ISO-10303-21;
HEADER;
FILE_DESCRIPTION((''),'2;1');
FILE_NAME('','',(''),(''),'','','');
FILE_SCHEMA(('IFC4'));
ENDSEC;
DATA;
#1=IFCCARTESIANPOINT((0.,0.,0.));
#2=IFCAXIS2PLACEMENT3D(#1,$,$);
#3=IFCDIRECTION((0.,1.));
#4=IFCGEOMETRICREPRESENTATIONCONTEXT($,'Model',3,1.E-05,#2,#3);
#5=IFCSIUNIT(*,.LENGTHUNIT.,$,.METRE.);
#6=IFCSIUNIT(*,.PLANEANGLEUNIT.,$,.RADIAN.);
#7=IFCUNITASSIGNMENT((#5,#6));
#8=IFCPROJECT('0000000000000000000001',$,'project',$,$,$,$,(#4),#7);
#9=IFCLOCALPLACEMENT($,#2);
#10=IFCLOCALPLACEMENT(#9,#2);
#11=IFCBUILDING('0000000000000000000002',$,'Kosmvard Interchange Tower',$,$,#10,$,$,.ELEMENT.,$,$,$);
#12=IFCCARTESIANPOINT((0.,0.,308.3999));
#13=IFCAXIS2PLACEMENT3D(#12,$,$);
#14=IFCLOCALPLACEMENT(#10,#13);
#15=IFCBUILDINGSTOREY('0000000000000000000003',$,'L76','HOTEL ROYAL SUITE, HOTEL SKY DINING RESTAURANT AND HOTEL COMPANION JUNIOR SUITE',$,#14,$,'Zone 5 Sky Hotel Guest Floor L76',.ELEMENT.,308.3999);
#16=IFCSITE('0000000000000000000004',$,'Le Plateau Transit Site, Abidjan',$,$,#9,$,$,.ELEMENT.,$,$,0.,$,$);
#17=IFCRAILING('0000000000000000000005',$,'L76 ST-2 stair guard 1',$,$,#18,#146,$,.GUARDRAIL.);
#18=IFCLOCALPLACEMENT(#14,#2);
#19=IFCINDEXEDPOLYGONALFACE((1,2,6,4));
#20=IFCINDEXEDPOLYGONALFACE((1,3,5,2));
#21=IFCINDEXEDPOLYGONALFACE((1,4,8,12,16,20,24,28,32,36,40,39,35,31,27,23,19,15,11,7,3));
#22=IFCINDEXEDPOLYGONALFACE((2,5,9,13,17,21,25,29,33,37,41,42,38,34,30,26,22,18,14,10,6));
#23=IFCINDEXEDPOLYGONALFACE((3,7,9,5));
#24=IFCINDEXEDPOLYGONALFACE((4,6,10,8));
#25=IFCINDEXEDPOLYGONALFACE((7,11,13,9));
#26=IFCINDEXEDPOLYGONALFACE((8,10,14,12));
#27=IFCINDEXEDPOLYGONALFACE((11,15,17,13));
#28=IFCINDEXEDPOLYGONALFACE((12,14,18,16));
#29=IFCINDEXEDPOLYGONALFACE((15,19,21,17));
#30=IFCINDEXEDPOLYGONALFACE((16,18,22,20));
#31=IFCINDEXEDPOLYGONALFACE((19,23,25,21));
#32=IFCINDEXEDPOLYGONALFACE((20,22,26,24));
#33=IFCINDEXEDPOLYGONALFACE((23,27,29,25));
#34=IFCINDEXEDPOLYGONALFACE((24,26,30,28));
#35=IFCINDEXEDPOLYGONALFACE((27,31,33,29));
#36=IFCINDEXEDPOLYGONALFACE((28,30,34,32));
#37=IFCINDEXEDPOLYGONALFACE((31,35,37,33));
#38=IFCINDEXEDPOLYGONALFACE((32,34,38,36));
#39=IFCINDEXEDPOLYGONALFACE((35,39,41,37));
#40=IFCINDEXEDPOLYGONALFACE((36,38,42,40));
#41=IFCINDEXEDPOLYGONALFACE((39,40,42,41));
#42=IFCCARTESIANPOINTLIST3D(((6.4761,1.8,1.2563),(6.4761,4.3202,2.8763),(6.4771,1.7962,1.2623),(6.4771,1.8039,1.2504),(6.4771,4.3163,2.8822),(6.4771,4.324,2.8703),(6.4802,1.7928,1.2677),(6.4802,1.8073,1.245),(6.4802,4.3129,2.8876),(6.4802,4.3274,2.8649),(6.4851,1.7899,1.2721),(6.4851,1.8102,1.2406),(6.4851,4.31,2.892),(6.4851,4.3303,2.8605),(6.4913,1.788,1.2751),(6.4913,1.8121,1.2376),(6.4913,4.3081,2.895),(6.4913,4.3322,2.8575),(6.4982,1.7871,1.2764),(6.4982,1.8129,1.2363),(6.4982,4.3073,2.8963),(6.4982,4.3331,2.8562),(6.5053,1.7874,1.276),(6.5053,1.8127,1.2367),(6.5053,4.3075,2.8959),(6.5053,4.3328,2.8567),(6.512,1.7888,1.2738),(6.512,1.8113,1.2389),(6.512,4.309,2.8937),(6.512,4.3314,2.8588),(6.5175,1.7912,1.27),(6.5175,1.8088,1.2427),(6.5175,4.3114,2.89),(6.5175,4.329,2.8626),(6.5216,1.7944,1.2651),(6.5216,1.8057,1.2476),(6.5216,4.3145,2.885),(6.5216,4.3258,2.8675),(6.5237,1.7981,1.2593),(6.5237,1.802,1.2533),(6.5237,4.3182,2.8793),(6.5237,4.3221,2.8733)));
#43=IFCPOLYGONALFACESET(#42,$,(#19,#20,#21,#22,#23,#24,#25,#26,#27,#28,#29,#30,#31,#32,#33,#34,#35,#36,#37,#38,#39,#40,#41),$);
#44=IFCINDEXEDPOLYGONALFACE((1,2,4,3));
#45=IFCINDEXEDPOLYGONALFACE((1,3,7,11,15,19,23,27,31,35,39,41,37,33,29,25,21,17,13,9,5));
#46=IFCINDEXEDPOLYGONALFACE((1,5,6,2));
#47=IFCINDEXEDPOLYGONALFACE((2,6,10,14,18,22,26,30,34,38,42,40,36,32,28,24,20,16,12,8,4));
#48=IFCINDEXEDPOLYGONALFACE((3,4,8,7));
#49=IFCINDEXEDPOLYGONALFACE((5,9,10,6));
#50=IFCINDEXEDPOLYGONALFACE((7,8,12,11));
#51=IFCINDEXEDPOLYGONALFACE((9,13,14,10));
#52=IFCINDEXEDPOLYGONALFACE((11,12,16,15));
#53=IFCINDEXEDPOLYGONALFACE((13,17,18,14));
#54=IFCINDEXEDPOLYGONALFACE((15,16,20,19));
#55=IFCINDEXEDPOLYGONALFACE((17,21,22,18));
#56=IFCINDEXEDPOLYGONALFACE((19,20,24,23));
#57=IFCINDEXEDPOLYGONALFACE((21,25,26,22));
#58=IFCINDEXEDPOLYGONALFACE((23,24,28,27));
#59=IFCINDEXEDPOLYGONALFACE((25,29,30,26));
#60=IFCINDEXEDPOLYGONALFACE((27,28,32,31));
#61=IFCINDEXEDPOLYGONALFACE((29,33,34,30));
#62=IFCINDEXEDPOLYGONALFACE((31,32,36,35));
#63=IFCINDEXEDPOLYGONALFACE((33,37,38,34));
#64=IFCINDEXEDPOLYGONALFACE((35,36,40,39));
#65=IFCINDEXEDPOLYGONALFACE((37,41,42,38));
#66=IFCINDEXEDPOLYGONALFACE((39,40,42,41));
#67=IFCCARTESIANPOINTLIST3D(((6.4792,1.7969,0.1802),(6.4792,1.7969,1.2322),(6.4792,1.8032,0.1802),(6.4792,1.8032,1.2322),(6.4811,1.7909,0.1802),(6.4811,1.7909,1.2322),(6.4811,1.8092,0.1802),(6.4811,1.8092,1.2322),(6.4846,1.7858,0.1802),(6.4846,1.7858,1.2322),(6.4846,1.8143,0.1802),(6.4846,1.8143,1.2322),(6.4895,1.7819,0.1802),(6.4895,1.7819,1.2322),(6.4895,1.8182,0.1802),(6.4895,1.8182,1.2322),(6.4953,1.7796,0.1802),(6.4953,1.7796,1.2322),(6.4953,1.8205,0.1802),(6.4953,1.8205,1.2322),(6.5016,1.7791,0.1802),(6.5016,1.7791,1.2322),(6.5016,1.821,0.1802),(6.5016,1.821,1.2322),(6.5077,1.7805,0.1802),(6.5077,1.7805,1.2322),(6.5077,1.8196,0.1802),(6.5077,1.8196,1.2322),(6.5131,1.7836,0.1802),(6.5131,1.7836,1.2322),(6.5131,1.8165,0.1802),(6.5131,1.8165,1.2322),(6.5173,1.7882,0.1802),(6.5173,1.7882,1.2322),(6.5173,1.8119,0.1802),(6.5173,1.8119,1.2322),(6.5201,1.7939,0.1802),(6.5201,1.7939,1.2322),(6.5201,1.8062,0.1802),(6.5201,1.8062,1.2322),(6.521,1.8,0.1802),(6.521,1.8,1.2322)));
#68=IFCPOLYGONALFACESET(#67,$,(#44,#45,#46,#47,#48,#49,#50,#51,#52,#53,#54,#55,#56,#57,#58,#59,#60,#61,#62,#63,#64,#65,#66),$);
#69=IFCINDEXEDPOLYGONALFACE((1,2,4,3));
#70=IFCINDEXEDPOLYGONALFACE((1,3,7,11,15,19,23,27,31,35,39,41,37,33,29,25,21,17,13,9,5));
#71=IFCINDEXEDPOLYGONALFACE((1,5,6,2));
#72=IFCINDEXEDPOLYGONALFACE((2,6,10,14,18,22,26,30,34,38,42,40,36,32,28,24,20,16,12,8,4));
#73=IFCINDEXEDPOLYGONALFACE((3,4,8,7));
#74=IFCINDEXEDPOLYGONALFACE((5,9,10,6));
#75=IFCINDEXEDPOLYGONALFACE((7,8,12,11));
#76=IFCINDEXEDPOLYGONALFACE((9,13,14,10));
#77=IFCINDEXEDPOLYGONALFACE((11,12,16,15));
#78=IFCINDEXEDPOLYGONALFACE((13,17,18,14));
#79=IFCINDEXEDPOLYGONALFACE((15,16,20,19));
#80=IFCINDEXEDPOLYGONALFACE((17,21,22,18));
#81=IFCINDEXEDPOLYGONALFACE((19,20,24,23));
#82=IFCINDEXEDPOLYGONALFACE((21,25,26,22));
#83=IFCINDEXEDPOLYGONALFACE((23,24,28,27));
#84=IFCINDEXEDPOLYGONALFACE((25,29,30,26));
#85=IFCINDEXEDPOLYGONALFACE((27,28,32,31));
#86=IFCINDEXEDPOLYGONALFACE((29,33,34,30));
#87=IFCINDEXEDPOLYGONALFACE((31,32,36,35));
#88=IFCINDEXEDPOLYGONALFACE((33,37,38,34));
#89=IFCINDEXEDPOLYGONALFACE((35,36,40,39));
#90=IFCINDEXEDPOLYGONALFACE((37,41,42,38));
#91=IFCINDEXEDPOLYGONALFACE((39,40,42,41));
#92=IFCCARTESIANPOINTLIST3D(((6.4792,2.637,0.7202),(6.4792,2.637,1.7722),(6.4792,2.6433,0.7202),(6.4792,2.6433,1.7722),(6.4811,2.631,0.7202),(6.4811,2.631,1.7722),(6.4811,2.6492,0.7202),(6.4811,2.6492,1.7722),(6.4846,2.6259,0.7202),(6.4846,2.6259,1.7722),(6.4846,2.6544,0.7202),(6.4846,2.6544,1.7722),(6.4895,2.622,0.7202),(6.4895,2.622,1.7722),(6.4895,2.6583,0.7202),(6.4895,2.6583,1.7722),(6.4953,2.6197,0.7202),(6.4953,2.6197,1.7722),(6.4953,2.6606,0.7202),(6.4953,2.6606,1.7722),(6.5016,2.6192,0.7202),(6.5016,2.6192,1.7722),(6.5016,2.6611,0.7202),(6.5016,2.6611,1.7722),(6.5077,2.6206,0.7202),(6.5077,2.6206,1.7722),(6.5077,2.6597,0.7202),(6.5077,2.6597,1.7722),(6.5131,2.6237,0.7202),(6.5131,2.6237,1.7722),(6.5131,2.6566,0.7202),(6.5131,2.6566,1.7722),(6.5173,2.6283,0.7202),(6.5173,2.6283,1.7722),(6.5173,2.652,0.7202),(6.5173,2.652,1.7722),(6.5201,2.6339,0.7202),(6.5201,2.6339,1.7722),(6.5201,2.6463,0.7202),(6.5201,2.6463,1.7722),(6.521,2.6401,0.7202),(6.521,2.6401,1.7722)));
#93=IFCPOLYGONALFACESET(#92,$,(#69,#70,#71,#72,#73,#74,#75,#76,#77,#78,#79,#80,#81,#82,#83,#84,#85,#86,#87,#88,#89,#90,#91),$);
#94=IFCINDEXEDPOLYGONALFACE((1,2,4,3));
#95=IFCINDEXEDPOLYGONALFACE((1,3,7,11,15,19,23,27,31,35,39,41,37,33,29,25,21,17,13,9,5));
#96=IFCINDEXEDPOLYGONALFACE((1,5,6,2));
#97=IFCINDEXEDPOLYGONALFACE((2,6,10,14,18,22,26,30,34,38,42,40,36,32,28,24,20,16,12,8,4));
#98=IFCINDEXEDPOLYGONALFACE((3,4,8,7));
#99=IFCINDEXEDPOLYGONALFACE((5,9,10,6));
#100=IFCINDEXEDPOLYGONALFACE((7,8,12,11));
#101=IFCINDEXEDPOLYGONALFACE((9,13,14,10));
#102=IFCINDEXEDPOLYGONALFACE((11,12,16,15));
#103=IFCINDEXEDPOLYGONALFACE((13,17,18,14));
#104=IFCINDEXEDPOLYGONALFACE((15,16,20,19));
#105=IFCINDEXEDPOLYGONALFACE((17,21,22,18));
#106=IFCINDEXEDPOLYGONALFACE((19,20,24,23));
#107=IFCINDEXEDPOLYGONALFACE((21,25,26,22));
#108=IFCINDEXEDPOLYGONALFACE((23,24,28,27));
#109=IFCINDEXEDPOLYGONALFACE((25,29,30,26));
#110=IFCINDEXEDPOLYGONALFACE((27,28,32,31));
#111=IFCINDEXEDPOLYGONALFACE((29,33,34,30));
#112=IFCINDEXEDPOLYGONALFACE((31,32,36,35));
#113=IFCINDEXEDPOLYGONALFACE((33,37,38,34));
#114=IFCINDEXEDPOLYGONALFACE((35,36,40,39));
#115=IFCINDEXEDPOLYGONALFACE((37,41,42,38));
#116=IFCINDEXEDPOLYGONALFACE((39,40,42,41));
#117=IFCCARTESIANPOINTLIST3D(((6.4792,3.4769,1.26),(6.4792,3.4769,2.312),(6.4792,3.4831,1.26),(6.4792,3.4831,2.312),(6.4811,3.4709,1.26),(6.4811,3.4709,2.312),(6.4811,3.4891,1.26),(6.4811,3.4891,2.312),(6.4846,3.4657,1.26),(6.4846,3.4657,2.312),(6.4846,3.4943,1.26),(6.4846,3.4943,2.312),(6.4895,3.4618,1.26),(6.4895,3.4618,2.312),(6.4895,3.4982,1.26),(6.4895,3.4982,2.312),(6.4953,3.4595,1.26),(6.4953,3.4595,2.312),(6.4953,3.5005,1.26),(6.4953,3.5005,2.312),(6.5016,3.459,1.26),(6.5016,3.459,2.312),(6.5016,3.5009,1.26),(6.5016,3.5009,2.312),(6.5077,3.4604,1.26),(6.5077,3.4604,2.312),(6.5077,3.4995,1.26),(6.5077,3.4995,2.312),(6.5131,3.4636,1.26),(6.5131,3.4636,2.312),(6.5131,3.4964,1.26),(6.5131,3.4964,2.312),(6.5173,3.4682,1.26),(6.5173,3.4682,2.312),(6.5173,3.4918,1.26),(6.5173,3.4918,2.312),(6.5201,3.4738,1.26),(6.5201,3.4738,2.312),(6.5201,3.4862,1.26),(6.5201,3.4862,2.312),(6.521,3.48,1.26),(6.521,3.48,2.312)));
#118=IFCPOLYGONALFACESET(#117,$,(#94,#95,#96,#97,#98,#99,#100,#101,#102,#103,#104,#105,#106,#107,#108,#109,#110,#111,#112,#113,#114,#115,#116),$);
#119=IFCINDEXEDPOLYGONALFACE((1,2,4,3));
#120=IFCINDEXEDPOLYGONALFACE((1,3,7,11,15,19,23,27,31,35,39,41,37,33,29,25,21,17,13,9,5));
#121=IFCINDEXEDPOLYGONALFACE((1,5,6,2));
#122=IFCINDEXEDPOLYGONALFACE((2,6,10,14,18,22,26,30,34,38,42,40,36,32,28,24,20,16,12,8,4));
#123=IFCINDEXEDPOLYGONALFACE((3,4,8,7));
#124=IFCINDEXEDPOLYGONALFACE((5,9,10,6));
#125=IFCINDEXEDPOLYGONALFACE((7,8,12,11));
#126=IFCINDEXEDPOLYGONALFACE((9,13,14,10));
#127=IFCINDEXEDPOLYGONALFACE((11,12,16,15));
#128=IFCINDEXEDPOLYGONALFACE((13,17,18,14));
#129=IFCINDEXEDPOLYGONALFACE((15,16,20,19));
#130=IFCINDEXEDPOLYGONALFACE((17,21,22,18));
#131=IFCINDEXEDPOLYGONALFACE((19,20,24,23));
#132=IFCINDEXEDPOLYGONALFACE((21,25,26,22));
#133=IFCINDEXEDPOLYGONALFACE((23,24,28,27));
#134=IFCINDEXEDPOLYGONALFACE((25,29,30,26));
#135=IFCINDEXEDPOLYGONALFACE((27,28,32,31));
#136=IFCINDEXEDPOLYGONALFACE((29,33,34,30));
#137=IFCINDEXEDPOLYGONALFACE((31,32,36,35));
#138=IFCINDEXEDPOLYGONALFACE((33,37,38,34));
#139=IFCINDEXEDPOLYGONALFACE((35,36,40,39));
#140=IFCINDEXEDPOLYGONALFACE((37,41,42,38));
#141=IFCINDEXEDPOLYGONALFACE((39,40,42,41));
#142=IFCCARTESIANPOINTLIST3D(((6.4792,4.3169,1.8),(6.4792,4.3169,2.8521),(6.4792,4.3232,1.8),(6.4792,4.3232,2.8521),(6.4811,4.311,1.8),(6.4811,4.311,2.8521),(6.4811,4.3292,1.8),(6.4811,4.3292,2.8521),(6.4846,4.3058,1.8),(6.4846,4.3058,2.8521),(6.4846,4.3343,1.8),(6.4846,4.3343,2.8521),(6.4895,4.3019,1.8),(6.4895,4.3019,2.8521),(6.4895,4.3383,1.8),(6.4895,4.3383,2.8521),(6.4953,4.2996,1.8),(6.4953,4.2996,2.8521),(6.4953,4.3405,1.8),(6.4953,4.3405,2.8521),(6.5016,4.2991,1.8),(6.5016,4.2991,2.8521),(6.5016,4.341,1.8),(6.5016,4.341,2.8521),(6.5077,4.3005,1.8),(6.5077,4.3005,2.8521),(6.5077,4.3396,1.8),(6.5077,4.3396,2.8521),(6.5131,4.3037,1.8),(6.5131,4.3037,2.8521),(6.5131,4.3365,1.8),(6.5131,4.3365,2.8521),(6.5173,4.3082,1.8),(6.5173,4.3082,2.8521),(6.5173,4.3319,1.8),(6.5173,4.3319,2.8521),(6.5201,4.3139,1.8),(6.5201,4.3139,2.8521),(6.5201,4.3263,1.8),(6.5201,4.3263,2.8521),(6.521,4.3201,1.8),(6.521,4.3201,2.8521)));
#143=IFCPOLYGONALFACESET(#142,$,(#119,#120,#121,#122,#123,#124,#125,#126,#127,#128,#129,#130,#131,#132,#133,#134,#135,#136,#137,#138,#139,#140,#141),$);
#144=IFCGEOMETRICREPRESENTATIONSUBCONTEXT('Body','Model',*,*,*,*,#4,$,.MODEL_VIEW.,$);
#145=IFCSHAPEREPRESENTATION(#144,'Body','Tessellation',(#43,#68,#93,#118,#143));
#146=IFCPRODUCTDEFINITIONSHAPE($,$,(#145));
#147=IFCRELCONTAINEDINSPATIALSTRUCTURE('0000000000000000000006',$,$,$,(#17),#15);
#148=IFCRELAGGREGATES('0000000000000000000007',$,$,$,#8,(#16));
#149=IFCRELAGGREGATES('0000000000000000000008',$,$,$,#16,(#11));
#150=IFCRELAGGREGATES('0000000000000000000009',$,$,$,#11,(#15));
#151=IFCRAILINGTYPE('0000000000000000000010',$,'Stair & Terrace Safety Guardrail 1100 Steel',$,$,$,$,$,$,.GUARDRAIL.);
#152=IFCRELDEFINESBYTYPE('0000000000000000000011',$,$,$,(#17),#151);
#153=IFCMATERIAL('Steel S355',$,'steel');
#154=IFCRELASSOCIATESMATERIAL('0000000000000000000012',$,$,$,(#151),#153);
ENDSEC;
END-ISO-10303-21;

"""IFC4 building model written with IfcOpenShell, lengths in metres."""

from ifc_helpers import new_model, si_unit, direction, frame, origin, origin_2d, place, context, subcontext, project, spatial, circle, extrude, source, transform, mapped, material, type_object, element, save


model = new_model("IFC4")

# Units and contexts
model_context = context("Model", 3, precision=1e-05, world=origin(), true_north=direction((0.0, 1.0)))
body_context = subcontext(model_context, "Body", "Model", "MODEL_VIEW")
ifc_project = project(units=[si_unit("LENGTHUNIT", "METRE"), si_unit("PLANEANGLEUNIT", "RADIAN")], contexts=[model_context])

# Site, building, storey
site_placement = place(None, origin())
site = spatial("IfcSite", under=ifc_project, at=site_placement, Name="Le Plateau Transit Site, Abidjan", CompositionType="ELEMENT", RefElevation=0.0)
building_placement = place(site_placement, origin())
building = spatial("IfcBuilding", under=site, at=building_placement, Name="Kosmvard Interchange Tower", CompositionType="ELEMENT")
storey_placement = place(building_placement, frame((0.0, 0.0, 308.3999)))
storey = spatial("IfcBuildingStorey", under=building, at=storey_placement, Name="L76", Description="HOTEL ROYAL SUITE, HOTEL SKY DINING RESTAURANT AND HOTEL COMPANION JUNIOR SUITE", LongName="Zone 5 Sky Hotel Guest Floor L76", CompositionType="ELEMENT", Elevation=308.3999)

# Railing
ifc_material_1 = material(Name="Steel S355", Category="steel")
railing_type = type_object("IfcRailingType", Name="Stair & Terrace Safety Guardrail 1100 Steel", PredefinedType="GUARDRAIL", material=ifc_material_1)
shared_shape_1 = source(origin(), body_context, "Body", "SweptSolid", [
    extrude(circle(Radius=0.0239, at=origin_2d()), frame((0.0, 0.0, 1.0762), z_axis=(0.0, 0.8412, 0.540725), x_axis=(-1.0, 0.0, 0.0)), (0.0, 0.0, 1.0), 2.9958),
    extrude(circle(Radius=0.021, at=origin_2d()), origin(), (0.0, 0.0, 1.0), 1.052),
    extrude(circle(Radius=0.021, at=origin_2d()), frame((0.0, 0.8401, 0.54)), (0.0, 0.0, 1.0), 1.052),
    extrude(circle(Radius=0.021, at=origin_2d()), frame((0.0, 1.6799, 1.0798)), (0.0, 0.0, 1.0), 1.052),
    extrude(circle(Radius=0.021, at=origin_2d()), frame((0.0, 2.52, 1.6199)), (0.0, 0.0, 1.0), 1.052),
])
railing_1_placement = place(storey_placement, frame((6.5, 1.8, 0.1802)))
element("IfcRailing", 1, at=railing_1_placement, inside=storey, type_object=railing_type, Name="L76 ST-2 stair guard 1", PredefinedType="GUARDRAIL", context=body_context, shape_type="MappedRepresentation", body=[
    mapped(shared_shape_1, transform((0.0, 0.0, 0.0), scale=1.0)),
])

save(model, "model.ifc")
